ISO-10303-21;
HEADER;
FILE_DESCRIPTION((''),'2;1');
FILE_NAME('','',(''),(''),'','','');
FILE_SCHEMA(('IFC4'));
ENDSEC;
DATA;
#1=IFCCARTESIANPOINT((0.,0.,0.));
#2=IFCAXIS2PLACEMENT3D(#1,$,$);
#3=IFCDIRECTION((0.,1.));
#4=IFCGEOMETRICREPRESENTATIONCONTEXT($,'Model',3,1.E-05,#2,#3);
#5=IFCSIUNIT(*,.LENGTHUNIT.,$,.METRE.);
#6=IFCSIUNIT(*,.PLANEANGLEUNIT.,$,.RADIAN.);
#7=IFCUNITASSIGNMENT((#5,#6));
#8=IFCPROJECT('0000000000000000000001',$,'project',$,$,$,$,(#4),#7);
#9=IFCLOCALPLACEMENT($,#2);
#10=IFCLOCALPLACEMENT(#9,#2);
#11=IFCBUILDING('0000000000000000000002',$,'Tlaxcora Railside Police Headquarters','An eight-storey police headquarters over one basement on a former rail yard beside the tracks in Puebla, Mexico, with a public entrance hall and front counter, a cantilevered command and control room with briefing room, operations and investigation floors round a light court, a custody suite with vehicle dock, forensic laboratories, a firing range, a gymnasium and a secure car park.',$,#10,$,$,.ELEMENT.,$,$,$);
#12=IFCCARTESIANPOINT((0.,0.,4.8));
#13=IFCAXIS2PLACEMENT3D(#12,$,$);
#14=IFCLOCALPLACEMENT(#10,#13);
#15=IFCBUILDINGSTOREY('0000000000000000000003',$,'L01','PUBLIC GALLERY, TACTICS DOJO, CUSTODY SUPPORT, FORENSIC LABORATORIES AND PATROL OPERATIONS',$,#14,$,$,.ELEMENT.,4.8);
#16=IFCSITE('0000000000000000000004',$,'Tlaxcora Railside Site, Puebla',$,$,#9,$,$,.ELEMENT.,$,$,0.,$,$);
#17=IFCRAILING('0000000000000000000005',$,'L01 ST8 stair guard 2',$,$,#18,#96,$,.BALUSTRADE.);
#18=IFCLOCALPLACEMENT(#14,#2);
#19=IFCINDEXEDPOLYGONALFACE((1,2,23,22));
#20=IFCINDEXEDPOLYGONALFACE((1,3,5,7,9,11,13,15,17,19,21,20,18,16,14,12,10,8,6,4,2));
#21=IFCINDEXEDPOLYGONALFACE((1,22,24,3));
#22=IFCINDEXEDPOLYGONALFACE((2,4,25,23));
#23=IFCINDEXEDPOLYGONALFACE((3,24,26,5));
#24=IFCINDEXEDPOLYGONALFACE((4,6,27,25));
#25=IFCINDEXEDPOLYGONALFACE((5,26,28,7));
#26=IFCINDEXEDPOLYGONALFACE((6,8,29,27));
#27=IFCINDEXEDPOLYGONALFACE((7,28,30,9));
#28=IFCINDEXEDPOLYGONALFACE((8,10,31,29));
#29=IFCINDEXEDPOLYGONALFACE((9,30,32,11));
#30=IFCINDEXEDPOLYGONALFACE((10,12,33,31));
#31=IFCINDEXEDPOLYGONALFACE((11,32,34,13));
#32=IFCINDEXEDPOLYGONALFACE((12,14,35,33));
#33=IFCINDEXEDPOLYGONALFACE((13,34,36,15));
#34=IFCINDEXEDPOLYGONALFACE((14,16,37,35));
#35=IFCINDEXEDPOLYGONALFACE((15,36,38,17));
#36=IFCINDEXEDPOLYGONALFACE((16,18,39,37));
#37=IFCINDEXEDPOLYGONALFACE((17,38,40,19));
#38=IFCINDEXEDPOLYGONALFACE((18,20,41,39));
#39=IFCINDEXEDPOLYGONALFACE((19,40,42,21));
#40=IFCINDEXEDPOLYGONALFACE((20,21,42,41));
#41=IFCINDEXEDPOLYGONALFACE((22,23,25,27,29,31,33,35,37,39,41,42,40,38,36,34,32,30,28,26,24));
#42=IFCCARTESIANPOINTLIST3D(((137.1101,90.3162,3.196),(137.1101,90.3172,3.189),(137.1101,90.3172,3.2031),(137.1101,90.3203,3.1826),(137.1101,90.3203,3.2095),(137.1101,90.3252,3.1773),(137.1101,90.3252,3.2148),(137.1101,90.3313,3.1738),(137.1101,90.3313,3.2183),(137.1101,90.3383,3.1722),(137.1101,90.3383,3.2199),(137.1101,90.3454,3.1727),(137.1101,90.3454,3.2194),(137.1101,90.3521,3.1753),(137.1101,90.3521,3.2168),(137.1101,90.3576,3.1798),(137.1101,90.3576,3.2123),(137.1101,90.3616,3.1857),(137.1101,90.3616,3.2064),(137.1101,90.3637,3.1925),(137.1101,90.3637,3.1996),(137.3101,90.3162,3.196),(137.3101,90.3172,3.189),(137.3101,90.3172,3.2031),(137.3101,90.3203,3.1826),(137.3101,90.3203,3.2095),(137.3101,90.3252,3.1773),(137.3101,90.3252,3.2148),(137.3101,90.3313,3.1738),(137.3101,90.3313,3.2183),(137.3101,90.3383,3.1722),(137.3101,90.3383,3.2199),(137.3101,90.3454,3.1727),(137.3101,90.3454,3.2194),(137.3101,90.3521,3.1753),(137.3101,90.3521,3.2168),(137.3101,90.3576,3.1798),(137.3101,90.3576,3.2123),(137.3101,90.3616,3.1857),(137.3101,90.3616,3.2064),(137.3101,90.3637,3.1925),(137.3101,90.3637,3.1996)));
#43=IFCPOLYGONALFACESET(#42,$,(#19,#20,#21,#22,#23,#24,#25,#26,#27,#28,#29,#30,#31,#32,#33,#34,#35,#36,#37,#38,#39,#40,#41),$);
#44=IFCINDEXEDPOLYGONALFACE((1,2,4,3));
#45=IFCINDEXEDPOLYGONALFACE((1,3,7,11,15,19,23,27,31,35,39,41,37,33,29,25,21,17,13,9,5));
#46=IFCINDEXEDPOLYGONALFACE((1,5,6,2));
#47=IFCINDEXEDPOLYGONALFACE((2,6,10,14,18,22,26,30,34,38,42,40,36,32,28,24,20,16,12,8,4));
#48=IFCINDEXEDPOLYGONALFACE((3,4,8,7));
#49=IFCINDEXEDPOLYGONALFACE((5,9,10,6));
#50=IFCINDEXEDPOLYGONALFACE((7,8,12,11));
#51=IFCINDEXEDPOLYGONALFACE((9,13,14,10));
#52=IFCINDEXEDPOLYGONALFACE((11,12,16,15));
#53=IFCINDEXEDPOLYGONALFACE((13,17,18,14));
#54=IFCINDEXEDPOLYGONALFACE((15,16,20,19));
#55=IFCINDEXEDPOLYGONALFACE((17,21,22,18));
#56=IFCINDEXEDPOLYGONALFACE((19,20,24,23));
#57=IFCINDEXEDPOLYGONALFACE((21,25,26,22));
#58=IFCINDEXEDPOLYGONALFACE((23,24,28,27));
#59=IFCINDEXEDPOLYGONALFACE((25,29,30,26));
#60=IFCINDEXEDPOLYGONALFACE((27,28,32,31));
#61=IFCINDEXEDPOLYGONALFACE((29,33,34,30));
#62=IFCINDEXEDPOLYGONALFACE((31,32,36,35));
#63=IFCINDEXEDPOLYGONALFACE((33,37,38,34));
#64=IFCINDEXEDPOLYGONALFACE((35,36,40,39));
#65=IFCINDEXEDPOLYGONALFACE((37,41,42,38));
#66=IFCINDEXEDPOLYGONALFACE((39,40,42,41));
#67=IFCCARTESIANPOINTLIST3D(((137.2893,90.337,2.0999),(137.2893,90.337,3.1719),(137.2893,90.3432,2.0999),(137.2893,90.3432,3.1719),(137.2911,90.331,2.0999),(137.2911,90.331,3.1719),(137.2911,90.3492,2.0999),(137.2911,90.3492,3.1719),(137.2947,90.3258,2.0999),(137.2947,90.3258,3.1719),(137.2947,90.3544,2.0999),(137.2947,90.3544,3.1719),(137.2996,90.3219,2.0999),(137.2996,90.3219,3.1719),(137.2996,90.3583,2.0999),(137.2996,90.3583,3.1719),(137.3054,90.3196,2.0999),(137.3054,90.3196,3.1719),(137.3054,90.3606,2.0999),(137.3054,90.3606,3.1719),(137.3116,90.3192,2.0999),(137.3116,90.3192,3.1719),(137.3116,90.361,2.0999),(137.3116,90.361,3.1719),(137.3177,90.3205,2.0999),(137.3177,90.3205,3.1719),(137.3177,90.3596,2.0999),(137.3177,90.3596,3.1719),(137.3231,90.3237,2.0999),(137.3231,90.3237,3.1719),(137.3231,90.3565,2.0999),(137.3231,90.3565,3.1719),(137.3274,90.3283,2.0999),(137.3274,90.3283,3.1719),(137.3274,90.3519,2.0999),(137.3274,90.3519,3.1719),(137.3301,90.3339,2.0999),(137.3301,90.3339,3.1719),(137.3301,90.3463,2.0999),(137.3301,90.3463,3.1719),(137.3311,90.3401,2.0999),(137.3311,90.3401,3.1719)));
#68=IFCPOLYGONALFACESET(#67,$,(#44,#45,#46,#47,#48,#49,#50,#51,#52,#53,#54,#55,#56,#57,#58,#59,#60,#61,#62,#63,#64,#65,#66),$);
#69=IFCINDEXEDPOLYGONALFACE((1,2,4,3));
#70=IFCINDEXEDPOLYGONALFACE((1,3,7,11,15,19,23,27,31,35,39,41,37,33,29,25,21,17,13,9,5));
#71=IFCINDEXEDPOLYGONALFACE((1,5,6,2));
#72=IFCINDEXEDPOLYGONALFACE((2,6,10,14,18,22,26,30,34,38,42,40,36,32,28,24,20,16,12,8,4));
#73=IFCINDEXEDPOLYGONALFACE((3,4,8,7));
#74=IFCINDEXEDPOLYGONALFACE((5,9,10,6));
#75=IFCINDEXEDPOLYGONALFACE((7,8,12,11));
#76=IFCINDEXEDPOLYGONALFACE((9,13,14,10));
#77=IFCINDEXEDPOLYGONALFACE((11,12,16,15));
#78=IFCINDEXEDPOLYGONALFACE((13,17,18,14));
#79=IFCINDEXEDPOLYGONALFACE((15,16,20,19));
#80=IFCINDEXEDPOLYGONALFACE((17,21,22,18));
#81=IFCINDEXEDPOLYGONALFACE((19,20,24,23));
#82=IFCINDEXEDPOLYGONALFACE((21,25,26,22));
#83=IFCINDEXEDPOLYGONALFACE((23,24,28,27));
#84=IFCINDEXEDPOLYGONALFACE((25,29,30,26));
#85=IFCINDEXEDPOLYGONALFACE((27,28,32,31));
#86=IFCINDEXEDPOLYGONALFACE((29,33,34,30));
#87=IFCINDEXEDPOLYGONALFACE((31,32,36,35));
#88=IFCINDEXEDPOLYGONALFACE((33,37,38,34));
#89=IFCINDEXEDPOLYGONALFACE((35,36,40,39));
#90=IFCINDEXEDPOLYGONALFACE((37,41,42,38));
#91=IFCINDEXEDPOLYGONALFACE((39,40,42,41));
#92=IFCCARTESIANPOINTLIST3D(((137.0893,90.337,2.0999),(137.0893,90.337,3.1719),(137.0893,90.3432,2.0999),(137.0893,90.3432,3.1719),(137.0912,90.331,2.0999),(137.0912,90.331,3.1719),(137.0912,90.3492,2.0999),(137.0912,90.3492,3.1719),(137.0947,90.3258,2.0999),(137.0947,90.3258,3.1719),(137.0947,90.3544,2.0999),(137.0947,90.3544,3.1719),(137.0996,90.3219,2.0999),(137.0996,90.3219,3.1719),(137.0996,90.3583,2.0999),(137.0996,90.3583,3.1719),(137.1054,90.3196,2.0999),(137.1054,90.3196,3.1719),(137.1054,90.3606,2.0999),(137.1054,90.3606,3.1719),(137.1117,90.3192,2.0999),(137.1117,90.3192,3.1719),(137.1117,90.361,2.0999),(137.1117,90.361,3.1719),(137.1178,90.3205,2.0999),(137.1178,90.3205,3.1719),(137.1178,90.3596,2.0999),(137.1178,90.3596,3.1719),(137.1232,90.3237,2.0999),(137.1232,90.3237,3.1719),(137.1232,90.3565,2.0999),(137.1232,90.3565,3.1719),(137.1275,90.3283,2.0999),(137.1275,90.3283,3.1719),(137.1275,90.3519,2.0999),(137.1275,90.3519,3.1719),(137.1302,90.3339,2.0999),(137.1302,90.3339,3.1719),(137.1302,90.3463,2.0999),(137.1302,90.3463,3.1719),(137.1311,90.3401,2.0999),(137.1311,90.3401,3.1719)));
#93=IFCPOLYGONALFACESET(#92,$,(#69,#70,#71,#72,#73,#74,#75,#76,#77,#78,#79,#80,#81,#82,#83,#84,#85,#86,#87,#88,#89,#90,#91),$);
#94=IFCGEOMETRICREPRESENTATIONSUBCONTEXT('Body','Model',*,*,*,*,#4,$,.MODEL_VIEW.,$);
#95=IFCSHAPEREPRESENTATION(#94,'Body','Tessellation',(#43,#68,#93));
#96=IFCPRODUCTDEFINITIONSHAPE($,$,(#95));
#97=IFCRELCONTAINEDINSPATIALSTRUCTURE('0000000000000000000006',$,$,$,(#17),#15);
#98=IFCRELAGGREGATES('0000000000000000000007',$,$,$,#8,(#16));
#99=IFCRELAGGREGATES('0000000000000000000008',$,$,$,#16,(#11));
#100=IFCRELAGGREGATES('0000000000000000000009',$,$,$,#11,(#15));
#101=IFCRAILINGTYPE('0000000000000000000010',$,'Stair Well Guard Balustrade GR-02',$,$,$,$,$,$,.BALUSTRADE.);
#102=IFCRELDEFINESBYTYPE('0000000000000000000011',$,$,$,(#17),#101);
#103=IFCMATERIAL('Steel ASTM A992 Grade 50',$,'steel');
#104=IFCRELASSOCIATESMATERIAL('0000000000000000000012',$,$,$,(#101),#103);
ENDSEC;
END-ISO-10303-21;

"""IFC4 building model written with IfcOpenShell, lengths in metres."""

from ifc_helpers import new_model, si_unit, direction, frame, origin, origin_2d, place, context, subcontext, project, spatial, circle, extrude, material, type_object, element, save


model = new_model("IFC4")

# Units and contexts
model_context = context("Model", 3, precision=1e-05, world=origin(), true_north=direction((0.0, 1.0)))
body_context = subcontext(model_context, "Body", "Model", "MODEL_VIEW")
ifc_project = project(units=[si_unit("LENGTHUNIT", "METRE"), si_unit("PLANEANGLEUNIT", "RADIAN")], contexts=[model_context])

# Site, building, storey
site_placement = place(None, origin())
site = spatial("IfcSite", under=ifc_project, at=site_placement, Name="Tlaxcora Railside Site, Puebla", CompositionType="ELEMENT", RefElevation=0.0)
building_placement = place(site_placement, origin())
building = spatial("IfcBuilding", under=site, at=building_placement, Name="Tlaxcora Railside Police Headquarters", Description="An eight-storey police headquarters over one basement on a former rail yard beside the tracks in Puebla, Mexico, with a public entrance hall and front counter, a cantilevered command and control room with briefing room, operations and investigation floors round a light court, a custody suite with vehicle dock, forensic laboratories, a firing range, a gymnasium and a secure car park.", CompositionType="ELEMENT")
storey_placement = place(building_placement, frame((0.0, 0.0, 4.8)))
storey = spatial("IfcBuildingStorey", under=building, at=storey_placement, Name="L01", Description="PUBLIC GALLERY, TACTICS DOJO, CUSTODY SUPPORT, FORENSIC LABORATORIES AND PATROL OPERATIONS", CompositionType="ELEMENT", Elevation=4.8)

# Shared definitions
ifc_material_1 = material(Name="Steel ASTM A992 Grade 50", Category="steel")

# Railing
railing_type_1 = type_object("IfcRailingType", Name="Stair Well Guard Balustrade GR-02", PredefinedType="BALUSTRADE", material=ifc_material_1)
railing_1_placement = place(storey_placement, frame((137.3101, 90.3401, 2.0999)))
element("IfcRailing", 1, at=railing_1_placement, inside=storey, type_object=railing_type_1, Name="L01 ST8 stair guard 2", PredefinedType="BALUSTRADE", context=body_context, shape_type="SweptSolid", body=[
    extrude(circle(Radius=0.0239, at=origin_2d()), frame((0.0, 0.0, 1.0962), z_axis=(-1.0, 0.0, 0.0), x_axis=(0.0, -1.0, 0.0)), (0.0, 0.0, 1.0), 0.2),
    extrude(circle(Radius=0.021, at=origin_2d()), origin(), (0.0, 0.0, 1.0), 1.072),
    extrude(circle(Radius=0.021, at=origin_2d()), frame((-0.2, 0.0, 0.0)), (0.0, 0.0, 1.0), 1.072),
])

save(model, "model.ifc")
